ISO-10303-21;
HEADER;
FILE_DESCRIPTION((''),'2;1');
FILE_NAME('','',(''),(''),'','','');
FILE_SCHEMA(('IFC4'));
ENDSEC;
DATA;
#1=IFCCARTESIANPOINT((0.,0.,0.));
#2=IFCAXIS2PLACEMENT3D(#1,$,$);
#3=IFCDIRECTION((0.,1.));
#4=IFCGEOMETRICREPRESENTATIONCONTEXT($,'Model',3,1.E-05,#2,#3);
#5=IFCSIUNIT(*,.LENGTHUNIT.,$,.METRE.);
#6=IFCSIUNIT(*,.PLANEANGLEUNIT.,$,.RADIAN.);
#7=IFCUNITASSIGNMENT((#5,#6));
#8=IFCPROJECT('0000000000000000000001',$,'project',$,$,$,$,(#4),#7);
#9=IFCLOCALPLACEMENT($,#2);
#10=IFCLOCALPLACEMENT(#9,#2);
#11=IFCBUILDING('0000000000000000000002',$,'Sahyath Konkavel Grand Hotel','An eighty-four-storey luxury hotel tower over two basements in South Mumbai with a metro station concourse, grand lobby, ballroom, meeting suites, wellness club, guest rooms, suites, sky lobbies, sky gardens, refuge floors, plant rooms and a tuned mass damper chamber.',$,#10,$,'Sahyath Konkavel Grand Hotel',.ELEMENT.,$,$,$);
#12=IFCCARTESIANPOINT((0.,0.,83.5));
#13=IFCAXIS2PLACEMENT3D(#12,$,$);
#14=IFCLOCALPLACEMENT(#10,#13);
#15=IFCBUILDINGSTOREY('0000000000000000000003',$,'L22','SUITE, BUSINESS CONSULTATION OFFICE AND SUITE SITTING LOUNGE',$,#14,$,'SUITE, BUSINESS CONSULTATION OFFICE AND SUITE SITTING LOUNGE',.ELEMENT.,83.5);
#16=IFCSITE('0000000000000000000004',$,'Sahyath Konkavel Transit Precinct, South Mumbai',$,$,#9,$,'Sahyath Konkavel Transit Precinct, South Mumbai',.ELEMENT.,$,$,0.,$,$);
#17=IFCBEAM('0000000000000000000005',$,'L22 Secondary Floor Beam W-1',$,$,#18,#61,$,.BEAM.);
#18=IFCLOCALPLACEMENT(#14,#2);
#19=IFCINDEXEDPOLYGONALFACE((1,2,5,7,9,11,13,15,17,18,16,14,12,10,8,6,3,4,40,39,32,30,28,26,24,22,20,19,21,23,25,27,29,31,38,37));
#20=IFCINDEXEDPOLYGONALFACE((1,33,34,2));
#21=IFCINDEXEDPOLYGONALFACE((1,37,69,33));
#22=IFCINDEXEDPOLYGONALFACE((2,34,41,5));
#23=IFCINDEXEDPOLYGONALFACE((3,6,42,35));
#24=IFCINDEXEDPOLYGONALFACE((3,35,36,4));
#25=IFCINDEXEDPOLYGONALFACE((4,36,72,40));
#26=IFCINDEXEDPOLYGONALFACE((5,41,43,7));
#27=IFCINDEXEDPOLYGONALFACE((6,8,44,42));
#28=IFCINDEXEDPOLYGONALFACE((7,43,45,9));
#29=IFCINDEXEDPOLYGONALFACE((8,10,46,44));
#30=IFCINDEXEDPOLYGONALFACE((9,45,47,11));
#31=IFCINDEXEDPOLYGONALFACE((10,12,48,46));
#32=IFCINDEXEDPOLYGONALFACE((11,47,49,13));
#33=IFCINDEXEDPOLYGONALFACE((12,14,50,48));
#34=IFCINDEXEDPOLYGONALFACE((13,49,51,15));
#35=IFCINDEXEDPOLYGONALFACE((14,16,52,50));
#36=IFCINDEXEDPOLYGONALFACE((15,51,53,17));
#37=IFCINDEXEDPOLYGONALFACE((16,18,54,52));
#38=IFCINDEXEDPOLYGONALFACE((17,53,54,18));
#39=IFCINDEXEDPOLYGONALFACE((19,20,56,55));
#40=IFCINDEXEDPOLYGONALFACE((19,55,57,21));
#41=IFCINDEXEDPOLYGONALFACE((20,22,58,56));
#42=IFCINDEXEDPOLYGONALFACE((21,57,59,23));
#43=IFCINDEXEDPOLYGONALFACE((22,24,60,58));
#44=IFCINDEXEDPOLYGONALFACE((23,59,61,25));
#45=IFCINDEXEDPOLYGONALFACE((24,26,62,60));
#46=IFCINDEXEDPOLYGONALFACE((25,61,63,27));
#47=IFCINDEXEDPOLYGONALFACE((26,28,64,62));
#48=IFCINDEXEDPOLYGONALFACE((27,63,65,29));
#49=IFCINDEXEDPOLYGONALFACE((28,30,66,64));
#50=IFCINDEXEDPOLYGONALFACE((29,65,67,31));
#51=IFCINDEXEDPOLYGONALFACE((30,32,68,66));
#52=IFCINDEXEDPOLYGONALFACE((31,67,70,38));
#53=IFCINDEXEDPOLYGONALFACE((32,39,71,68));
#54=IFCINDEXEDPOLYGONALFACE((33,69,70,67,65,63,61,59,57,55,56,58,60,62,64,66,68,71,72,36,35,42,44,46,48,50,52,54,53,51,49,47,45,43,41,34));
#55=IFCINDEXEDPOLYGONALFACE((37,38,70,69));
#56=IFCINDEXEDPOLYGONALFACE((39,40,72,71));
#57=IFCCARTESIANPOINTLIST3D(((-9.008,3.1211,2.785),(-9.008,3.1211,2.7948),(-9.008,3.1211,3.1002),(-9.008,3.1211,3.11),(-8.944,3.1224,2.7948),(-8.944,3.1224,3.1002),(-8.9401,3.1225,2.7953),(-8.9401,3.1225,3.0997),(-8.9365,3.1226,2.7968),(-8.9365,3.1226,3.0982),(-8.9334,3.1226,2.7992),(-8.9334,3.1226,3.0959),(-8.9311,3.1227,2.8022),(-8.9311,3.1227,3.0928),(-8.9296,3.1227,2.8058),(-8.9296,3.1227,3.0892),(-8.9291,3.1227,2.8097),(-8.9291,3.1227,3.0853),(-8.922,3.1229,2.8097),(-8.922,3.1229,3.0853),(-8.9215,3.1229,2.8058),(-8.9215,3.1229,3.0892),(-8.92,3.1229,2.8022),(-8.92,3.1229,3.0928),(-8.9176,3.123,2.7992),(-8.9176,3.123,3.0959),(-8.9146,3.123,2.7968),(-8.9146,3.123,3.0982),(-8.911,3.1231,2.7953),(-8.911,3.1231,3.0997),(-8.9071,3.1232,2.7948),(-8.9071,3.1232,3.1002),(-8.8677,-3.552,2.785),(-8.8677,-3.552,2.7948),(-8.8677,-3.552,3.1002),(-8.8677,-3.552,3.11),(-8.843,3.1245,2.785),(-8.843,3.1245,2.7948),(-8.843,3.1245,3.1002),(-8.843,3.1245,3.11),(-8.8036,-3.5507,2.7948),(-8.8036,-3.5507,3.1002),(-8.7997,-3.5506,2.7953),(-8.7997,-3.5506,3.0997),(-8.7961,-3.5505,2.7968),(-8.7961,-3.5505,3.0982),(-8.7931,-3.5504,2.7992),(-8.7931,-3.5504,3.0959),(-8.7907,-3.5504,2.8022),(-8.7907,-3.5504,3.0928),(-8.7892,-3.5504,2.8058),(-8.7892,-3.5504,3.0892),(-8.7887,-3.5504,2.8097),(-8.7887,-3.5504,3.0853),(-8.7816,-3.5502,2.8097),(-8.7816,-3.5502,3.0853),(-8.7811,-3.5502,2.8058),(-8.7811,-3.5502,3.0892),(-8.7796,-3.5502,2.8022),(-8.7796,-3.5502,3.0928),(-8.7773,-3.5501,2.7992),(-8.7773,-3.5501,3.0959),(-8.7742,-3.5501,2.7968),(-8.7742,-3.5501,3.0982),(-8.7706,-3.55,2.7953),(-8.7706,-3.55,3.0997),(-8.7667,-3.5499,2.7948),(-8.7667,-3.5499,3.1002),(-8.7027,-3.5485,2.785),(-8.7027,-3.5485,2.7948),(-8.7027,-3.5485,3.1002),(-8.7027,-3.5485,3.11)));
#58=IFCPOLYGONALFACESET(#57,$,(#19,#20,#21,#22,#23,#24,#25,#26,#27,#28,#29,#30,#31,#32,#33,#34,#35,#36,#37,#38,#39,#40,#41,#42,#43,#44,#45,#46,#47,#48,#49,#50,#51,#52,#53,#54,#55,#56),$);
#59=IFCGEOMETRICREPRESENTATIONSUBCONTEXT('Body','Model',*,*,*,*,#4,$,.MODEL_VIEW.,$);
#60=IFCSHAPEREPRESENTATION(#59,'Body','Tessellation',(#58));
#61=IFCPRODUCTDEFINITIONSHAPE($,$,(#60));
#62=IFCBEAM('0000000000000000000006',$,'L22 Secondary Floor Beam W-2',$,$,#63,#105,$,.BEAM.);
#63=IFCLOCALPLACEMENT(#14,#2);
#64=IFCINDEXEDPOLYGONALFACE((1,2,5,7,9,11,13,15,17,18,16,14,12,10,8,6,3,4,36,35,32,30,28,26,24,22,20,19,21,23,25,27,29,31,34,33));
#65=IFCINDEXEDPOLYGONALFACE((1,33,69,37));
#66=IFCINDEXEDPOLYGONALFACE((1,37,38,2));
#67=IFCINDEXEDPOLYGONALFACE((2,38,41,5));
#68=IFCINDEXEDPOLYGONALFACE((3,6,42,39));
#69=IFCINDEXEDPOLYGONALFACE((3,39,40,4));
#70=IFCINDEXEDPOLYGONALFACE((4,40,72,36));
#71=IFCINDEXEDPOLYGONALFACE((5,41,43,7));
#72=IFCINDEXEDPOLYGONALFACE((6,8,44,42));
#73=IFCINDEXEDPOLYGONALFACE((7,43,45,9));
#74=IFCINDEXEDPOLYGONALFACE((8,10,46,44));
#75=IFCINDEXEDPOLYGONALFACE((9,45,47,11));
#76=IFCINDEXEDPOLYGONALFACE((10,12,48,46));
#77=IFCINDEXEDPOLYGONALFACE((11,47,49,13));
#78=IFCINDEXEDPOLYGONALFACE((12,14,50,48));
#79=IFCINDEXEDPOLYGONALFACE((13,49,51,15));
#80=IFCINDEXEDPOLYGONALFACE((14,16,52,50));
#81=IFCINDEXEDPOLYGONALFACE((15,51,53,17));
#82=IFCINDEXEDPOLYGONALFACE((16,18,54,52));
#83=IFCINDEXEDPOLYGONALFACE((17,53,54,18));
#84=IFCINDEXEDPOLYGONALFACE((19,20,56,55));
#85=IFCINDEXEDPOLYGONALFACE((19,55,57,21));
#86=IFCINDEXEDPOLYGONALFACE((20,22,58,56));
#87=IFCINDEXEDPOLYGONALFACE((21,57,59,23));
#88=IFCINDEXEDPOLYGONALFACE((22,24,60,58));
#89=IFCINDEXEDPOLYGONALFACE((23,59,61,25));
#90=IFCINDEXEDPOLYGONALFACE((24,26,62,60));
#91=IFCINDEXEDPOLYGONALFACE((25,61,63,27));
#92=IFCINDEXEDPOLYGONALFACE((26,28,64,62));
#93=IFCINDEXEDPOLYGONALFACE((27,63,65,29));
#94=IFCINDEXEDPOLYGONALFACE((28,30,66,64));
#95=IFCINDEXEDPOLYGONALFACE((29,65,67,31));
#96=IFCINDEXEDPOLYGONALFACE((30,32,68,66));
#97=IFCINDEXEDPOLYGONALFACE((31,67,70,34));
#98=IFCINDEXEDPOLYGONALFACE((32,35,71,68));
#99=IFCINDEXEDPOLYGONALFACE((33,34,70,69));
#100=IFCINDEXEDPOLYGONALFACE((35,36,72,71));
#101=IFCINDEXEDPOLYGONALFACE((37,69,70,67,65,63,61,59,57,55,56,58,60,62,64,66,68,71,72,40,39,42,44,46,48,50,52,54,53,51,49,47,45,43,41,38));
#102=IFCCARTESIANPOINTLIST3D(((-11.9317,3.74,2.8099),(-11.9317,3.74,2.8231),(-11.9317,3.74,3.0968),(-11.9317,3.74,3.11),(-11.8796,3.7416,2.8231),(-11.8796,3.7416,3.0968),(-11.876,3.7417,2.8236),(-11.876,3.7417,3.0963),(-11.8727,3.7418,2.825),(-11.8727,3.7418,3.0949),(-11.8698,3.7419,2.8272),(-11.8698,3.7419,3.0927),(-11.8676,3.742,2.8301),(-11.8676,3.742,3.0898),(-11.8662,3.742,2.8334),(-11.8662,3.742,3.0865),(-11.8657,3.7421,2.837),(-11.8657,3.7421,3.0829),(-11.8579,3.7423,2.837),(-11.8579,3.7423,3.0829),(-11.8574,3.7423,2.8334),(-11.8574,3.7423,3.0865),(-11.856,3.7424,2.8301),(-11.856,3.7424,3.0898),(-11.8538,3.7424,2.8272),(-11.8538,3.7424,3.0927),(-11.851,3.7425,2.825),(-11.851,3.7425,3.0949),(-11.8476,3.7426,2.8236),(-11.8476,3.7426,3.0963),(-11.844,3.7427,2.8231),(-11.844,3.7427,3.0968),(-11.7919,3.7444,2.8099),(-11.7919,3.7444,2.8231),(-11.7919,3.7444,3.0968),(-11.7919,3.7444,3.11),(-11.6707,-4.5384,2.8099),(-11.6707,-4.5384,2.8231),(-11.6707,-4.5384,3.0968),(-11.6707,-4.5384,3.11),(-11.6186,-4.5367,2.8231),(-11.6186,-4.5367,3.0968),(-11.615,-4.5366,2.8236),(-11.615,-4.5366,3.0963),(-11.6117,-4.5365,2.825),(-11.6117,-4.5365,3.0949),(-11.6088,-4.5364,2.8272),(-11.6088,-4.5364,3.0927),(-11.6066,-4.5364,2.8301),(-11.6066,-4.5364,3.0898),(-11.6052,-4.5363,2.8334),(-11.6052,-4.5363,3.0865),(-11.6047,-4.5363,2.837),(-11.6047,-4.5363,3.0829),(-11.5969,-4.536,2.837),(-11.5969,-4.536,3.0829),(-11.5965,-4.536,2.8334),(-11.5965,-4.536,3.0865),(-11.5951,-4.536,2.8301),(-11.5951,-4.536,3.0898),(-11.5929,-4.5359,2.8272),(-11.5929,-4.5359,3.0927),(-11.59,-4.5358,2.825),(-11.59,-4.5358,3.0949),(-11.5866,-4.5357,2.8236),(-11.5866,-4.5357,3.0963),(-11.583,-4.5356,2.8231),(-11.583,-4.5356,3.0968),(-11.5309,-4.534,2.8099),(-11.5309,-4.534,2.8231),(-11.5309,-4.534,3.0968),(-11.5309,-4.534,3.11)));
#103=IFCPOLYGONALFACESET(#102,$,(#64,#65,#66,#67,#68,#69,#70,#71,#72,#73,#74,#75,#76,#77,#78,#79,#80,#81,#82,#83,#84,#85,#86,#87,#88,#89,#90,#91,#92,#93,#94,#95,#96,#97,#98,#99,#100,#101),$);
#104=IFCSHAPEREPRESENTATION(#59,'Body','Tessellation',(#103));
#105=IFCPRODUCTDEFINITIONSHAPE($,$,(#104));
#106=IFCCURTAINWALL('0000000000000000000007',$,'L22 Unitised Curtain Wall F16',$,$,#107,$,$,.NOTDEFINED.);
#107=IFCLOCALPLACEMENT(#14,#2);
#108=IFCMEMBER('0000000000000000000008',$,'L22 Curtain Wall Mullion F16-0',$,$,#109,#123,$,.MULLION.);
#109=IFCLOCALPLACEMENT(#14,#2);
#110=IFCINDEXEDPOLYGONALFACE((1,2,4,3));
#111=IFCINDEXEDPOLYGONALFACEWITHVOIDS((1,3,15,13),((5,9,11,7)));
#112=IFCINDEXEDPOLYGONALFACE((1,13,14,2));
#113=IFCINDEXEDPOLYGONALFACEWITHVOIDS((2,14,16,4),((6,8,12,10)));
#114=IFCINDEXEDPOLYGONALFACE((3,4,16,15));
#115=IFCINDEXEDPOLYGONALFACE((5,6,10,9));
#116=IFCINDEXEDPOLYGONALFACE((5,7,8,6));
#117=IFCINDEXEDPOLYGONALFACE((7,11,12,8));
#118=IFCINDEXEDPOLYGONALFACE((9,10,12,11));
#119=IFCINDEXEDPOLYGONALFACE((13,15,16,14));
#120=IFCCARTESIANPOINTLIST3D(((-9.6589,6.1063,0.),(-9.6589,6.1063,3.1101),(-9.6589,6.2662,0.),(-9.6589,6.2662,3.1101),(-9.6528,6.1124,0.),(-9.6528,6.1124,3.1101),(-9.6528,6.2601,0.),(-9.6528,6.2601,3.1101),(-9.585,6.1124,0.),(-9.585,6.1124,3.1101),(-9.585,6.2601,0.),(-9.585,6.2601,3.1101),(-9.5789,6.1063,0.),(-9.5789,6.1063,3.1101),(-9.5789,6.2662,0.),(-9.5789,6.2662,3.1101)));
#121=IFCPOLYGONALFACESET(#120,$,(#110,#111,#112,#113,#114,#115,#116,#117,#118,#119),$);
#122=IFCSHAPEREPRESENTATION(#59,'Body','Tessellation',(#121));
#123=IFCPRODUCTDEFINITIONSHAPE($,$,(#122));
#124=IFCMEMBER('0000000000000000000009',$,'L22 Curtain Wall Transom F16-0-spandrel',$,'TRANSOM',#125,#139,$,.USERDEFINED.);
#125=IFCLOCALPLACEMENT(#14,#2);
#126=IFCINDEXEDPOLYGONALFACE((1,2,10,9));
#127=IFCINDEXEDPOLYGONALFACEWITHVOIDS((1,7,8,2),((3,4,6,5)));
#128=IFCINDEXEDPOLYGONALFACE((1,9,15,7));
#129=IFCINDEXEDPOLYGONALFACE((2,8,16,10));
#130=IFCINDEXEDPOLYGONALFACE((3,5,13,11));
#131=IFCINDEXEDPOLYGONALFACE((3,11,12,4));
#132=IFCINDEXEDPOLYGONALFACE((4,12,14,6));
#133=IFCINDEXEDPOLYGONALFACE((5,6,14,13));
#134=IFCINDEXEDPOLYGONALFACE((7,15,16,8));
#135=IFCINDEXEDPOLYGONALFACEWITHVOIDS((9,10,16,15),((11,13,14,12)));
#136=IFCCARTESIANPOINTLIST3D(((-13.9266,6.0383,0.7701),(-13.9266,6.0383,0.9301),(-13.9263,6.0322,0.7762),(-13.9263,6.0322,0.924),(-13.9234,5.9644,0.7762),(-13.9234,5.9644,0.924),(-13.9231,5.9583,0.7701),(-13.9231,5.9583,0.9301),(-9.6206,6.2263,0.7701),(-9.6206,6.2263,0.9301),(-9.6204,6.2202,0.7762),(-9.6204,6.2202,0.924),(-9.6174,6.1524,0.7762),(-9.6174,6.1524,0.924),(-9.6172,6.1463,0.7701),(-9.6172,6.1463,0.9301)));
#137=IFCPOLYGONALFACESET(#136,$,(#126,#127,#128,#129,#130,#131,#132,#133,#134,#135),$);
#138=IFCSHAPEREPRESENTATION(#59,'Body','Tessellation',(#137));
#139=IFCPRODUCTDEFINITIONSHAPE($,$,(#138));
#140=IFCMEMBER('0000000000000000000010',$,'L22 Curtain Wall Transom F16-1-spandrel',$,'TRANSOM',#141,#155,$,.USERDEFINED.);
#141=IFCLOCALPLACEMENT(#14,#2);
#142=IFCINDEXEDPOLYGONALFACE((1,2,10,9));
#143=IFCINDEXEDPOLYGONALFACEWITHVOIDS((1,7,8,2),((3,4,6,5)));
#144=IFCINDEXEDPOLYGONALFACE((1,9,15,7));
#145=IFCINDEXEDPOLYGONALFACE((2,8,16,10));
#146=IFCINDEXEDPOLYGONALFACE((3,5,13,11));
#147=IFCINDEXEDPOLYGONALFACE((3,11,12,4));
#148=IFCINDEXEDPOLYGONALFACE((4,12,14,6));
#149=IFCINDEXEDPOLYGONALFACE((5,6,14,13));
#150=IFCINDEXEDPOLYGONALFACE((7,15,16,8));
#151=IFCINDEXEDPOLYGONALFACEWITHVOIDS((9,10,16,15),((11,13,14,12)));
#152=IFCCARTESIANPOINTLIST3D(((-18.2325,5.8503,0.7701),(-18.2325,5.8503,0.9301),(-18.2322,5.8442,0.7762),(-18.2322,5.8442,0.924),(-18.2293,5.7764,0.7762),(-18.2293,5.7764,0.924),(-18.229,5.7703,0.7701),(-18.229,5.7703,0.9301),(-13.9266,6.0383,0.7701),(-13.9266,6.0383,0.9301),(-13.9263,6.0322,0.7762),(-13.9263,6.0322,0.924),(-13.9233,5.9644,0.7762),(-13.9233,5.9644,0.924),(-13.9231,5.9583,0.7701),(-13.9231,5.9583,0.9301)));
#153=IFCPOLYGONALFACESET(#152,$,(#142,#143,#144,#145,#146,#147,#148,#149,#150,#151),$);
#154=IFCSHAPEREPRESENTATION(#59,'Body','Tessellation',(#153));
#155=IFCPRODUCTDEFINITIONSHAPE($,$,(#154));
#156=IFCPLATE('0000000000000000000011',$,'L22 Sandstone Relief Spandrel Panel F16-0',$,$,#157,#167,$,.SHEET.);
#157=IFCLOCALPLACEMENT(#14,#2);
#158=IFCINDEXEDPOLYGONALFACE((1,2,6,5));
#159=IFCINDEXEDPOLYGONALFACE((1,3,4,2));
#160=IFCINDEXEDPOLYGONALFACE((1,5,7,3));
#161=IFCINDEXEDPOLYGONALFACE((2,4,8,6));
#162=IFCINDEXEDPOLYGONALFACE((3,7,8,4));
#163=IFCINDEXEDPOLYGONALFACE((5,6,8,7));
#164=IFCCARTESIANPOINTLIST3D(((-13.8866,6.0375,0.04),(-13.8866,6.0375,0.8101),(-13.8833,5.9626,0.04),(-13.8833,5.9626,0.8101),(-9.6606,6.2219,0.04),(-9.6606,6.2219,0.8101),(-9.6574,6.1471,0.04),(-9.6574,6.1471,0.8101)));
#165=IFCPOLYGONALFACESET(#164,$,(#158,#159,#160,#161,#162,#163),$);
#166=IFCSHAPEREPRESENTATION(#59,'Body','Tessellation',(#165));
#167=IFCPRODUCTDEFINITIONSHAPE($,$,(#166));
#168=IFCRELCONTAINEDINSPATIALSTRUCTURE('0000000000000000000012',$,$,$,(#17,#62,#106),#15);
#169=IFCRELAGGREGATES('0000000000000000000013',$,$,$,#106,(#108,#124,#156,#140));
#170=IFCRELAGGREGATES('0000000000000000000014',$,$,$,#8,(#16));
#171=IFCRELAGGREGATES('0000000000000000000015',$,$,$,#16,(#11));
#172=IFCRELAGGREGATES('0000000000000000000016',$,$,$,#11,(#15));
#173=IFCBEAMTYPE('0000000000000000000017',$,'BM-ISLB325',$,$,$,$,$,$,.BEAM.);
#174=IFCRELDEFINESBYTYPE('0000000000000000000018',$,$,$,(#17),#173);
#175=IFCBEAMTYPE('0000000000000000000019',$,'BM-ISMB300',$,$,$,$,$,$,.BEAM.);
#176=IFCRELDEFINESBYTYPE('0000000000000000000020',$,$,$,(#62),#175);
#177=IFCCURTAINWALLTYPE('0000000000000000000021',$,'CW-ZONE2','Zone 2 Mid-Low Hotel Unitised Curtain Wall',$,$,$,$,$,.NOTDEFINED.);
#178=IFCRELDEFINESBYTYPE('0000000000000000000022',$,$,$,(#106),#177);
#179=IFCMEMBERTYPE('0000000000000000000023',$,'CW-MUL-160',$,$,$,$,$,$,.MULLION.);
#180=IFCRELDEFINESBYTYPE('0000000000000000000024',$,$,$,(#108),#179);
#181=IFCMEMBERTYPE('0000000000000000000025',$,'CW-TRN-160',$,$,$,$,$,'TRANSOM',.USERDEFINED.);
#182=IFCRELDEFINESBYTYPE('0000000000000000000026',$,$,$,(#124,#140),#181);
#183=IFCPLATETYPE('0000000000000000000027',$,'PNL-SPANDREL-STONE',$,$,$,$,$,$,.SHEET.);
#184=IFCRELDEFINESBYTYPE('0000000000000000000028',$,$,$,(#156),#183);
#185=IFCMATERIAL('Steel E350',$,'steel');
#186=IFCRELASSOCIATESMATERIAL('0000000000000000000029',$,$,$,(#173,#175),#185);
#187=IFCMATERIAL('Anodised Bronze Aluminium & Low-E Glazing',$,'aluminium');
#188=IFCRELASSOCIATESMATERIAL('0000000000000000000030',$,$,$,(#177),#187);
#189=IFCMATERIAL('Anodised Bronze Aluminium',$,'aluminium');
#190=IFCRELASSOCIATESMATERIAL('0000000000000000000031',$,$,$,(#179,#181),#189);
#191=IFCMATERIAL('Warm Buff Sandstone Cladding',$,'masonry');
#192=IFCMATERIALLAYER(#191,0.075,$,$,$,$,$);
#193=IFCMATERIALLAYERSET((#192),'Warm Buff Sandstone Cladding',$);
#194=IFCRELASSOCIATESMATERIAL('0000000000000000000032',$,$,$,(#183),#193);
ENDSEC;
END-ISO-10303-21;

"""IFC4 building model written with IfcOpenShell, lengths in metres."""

from ifc_helpers import new_model, si_unit, direction, frame, origin, origin_2d, place, context, subcontext, project, spatial, rectangle, hollow_rectangle, i_section, extrude, source, transform, mapped, material, layer, layer_set, material_profile, profile_set, type_object, element, aggregate, save


model = new_model("IFC4")

# Units and contexts
model_context = context("Model", 3, precision=1e-05, world=origin(), true_north=direction((0.0, 1.0)))
body_context = subcontext(model_context, "Body", "Model", "MODEL_VIEW")
ifc_project = project(units=[si_unit("LENGTHUNIT", "METRE"), si_unit("PLANEANGLEUNIT", "RADIAN")], contexts=[model_context])

# Site, building, storey
site_placement = place(None, origin())
site = spatial("IfcSite", under=ifc_project, at=site_placement, Name="Sahyath Konkavel Transit Precinct, South Mumbai", LongName="Sahyath Konkavel Transit Precinct, South Mumbai", CompositionType="ELEMENT", RefElevation=0.0)
building_placement = place(site_placement, origin())
building = spatial("IfcBuilding", under=site, at=building_placement, Name="Sahyath Konkavel Grand Hotel", Description="An eighty-four-storey luxury hotel tower over two basements in South Mumbai with a metro station concourse, grand lobby, ballroom, meeting suites, wellness club, guest rooms, suites, sky lobbies, sky gardens, refuge floors, plant rooms and a tuned mass damper chamber.", LongName="Sahyath Konkavel Grand Hotel", CompositionType="ELEMENT")
storey_placement = place(building_placement, frame((0.0, 0.0, 83.5)))
storey = spatial("IfcBuildingStorey", under=building, at=storey_placement, Name="L22", Description="SUITE, BUSINESS CONSULTATION OFFICE AND SUITE SITTING LOUNGE", LongName="SUITE, BUSINESS CONSULTATION OFFICE AND SUITE SITTING LOUNGE", CompositionType="ELEMENT", Elevation=83.5)

# Beams
ifc_material_1 = material(Name="Steel E350", Category="steel")
ifc_material_profile_1 = material_profile(ifc_material_1, i_section(OverallWidth=0.165, OverallDepth=0.325, WebThickness=0.0071, FlangeThickness=0.0098, FilletRadius=0.0149, at=origin_2d()), Name="ISLB 325")
ifc_profile_set_1 = profile_set([ifc_material_profile_1], Name="Steel E350")
beam_type_1 = type_object("IfcBeamType", Name="BM-ISLB325", PredefinedType="BEAM", material=ifc_profile_set_1)
shared_shape_1 = source(origin(), body_context, "Body", "SweptSolid", [
    extrude(i_section(OverallWidth=0.165, OverallDepth=0.325, WebThickness=0.0071, FlangeThickness=0.0098, FilletRadius=0.0149, at=origin_2d()), origin(), (0.0, 0.0, 1.0), 6.6746),
])
beam_1_placement = place(storey_placement, frame((-8.9255, 3.1228, 2.9475), z_axis=(0.021032, -0.999779, 0.0), x_axis=(0.999779, 0.021032, 0.0)))
element("IfcBeam", 1, at=beam_1_placement, inside=storey, type_object=beam_type_1, Name="L22 Secondary Floor Beam W-1", PredefinedType="BEAM", context=body_context, shape_type="MappedRepresentation", body=[
    mapped(shared_shape_1, transform((0.0, 0.0, 0.0), scale=1.0)),
])
ifc_material_profile_2 = material_profile(ifc_material_1, i_section(OverallWidth=0.1399, OverallDepth=0.3, WebThickness=0.0078, FlangeThickness=0.0132, FilletRadius=0.0139, at=origin_2d()), Name="ISMB 300")
ifc_profile_set_2 = profile_set([ifc_material_profile_2], Name="Steel E350")
beam_type_2 = type_object("IfcBeamType", Name="BM-ISMB300", PredefinedType="BEAM", material=ifc_profile_set_2)
shared_shape_2 = source(origin(), body_context, "Body", "SweptSolid", [
    extrude(i_section(OverallWidth=0.1399, OverallDepth=0.3, WebThickness=0.0078, FlangeThickness=0.0132, FilletRadius=0.0139, at=origin_2d()), origin(), (0.0, 0.0, 1.0), 8.2825),
])
beam_2_placement = place(storey_placement, frame((-11.8618, 3.7422, 2.96), z_axis=(0.031511, -0.999503, 0.0), x_axis=(0.999503, 0.031511, 0.0)))
element("IfcBeam", 2, at=beam_2_placement, inside=storey, type_object=beam_type_2, Name="L22 Secondary Floor Beam W-2", PredefinedType="BEAM", context=body_context, shape_type="MappedRepresentation", body=[
    mapped(shared_shape_2, transform((0.0, 0.0, 0.0), scale=1.0)),
])

# Curtain wall, members, plate
ifc_material_2 = material(Name="Anodised Bronze Aluminium & Low-E Glazing", Category="aluminium")
curtain_wall_type = type_object("IfcCurtainWallType", Name="CW-ZONE2", Description="Zone 2 Mid-Low Hotel Unitised Curtain Wall", PredefinedType="NOTDEFINED", material=ifc_material_2)
curtain_wall_placement = place(storey_placement, origin())
curtain_wall = element("IfcCurtainWall", 3, at=curtain_wall_placement, inside=storey, type_object=curtain_wall_type, Name="L22 Unitised Curtain Wall F16", PredefinedType="NOTDEFINED")
ifc_material_3 = material(Name="Anodised Bronze Aluminium", Category="aluminium")
ifc_material_profile_3 = material_profile(ifc_material_3, hollow_rectangle(XDim=0.0801, YDim=0.1599, WallThickness=0.0061, at=origin_2d()), Name="RHS 160x80x6")
ifc_profile_set_3 = profile_set([ifc_material_profile_3], Name="Anodised Bronze Aluminium")
member_type_1 = type_object("IfcMemberType", Name="CW-MUL-160", PredefinedType="MULLION", material=ifc_profile_set_3)
shared_shape_3 = source(origin(), body_context, "Body", "SweptSolid", [
    extrude(hollow_rectangle(XDim=0.0801, YDim=0.1599, WallThickness=0.0061, at=origin_2d()), origin(), (0.0, 0.0, 1.0), 3.1101),
])
member_1_placement = place(storey_placement, frame((-9.6189, 6.1863, 0.0), z_axis=(0.0, 0.0, 1.0), x_axis=(1.0, 0.0, 0.0)))
member_1 = element("IfcMember", 4, at=member_1_placement, type_object=member_type_1, Name="L22 Curtain Wall Mullion F16-0", PredefinedType="MULLION", context=body_context, shape_type="MappedRepresentation", body=[
    mapped(shared_shape_3, transform((0.0, 0.0, 0.0), scale=1.0)),
])
ifc_material_profile_4 = material_profile(ifc_material_3, hollow_rectangle(XDim=0.0801, YDim=0.1599, WallThickness=0.0061, at=origin_2d()), Name="RHS 160x80x6")
ifc_profile_set_4 = profile_set([ifc_material_profile_4], Name="Anodised Bronze Aluminium")
member_type_2 = type_object("IfcMemberType", Name="CW-TRN-160", ElementType="TRANSOM", PredefinedType="USERDEFINED", material=ifc_profile_set_4)
shared_shape_4 = source(origin(), body_context, "Body", "SweptSolid", [
    extrude(hollow_rectangle(XDim=0.0801, YDim=0.1599, WallThickness=0.0061, at=origin_2d()), origin(), (0.0, 0.0, 1.0), 4.3101),
])
member_2_placement = place(storey_placement, frame((-9.6189, 6.1863, 0.8501), z_axis=(-0.999048, -0.043617, 0.0), x_axis=(0.043617, -0.999048, 0.0)))
member_2 = element("IfcMember", 5, at=member_2_placement, type_object=member_type_2, Name="L22 Curtain Wall Transom F16-0-spandrel", ObjectType="TRANSOM", PredefinedType="USERDEFINED", context=body_context, shape_type="MappedRepresentation", body=[
    mapped(shared_shape_4, transform((0.0, 0.0, 0.0), scale=1.0)),
])
member_3_placement = place(storey_placement, frame((-13.9248, 5.9983, 0.8501), z_axis=(-0.999048, -0.043617, 0.0), x_axis=(0.043617, -0.999048, 0.0)))
member_3 = element("IfcMember", 6, at=member_3_placement, type_object=member_type_2, Name="L22 Curtain Wall Transom F16-1-spandrel", ObjectType="TRANSOM", PredefinedType="USERDEFINED", context=body_context, shape_type="MappedRepresentation", body=[
    mapped(shared_shape_4, transform((0.0, 0.0, 0.0), scale=1.0)),
])
ifc_material_4 = material(Name="Warm Buff Sandstone Cladding", Category="masonry")
ifc_layer_1 = layer(ifc_material_4, 0.075)
ifc_layer_set_1 = layer_set([ifc_layer_1], Name="Warm Buff Sandstone Cladding")
plate_type_1 = type_object("IfcPlateType", Name="PNL-SPANDREL-STONE", PredefinedType="SHEET", material=ifc_layer_set_1)
shared_shape_5 = source(origin(), body_context, "Body", "SweptSolid", [
    extrude(rectangle(XDim=4.23, YDim=0.075, at=origin_2d()), origin(), (0.0, 0.0, 1.0), 0.77),
])
plate_1_placement = place(storey_placement, frame((-11.772, 6.0923, 0.04), z_axis=(0.0, 0.0, 1.0), x_axis=(-0.999049, -0.043602, 0.0)))
plate_1 = element("IfcPlate", 7, at=plate_1_placement, type_object=plate_type_1, Name="L22 Sandstone Relief Spandrel Panel F16-0", PredefinedType="SHEET", context=body_context, shape_type="MappedRepresentation", body=[
    mapped(shared_shape_5, transform((0.0, 0.0, 0.0), scale=1.0)),
])
aggregate(curtain_wall, [member_1, member_2, plate_1, member_3])

save(model, "model.ifc")
